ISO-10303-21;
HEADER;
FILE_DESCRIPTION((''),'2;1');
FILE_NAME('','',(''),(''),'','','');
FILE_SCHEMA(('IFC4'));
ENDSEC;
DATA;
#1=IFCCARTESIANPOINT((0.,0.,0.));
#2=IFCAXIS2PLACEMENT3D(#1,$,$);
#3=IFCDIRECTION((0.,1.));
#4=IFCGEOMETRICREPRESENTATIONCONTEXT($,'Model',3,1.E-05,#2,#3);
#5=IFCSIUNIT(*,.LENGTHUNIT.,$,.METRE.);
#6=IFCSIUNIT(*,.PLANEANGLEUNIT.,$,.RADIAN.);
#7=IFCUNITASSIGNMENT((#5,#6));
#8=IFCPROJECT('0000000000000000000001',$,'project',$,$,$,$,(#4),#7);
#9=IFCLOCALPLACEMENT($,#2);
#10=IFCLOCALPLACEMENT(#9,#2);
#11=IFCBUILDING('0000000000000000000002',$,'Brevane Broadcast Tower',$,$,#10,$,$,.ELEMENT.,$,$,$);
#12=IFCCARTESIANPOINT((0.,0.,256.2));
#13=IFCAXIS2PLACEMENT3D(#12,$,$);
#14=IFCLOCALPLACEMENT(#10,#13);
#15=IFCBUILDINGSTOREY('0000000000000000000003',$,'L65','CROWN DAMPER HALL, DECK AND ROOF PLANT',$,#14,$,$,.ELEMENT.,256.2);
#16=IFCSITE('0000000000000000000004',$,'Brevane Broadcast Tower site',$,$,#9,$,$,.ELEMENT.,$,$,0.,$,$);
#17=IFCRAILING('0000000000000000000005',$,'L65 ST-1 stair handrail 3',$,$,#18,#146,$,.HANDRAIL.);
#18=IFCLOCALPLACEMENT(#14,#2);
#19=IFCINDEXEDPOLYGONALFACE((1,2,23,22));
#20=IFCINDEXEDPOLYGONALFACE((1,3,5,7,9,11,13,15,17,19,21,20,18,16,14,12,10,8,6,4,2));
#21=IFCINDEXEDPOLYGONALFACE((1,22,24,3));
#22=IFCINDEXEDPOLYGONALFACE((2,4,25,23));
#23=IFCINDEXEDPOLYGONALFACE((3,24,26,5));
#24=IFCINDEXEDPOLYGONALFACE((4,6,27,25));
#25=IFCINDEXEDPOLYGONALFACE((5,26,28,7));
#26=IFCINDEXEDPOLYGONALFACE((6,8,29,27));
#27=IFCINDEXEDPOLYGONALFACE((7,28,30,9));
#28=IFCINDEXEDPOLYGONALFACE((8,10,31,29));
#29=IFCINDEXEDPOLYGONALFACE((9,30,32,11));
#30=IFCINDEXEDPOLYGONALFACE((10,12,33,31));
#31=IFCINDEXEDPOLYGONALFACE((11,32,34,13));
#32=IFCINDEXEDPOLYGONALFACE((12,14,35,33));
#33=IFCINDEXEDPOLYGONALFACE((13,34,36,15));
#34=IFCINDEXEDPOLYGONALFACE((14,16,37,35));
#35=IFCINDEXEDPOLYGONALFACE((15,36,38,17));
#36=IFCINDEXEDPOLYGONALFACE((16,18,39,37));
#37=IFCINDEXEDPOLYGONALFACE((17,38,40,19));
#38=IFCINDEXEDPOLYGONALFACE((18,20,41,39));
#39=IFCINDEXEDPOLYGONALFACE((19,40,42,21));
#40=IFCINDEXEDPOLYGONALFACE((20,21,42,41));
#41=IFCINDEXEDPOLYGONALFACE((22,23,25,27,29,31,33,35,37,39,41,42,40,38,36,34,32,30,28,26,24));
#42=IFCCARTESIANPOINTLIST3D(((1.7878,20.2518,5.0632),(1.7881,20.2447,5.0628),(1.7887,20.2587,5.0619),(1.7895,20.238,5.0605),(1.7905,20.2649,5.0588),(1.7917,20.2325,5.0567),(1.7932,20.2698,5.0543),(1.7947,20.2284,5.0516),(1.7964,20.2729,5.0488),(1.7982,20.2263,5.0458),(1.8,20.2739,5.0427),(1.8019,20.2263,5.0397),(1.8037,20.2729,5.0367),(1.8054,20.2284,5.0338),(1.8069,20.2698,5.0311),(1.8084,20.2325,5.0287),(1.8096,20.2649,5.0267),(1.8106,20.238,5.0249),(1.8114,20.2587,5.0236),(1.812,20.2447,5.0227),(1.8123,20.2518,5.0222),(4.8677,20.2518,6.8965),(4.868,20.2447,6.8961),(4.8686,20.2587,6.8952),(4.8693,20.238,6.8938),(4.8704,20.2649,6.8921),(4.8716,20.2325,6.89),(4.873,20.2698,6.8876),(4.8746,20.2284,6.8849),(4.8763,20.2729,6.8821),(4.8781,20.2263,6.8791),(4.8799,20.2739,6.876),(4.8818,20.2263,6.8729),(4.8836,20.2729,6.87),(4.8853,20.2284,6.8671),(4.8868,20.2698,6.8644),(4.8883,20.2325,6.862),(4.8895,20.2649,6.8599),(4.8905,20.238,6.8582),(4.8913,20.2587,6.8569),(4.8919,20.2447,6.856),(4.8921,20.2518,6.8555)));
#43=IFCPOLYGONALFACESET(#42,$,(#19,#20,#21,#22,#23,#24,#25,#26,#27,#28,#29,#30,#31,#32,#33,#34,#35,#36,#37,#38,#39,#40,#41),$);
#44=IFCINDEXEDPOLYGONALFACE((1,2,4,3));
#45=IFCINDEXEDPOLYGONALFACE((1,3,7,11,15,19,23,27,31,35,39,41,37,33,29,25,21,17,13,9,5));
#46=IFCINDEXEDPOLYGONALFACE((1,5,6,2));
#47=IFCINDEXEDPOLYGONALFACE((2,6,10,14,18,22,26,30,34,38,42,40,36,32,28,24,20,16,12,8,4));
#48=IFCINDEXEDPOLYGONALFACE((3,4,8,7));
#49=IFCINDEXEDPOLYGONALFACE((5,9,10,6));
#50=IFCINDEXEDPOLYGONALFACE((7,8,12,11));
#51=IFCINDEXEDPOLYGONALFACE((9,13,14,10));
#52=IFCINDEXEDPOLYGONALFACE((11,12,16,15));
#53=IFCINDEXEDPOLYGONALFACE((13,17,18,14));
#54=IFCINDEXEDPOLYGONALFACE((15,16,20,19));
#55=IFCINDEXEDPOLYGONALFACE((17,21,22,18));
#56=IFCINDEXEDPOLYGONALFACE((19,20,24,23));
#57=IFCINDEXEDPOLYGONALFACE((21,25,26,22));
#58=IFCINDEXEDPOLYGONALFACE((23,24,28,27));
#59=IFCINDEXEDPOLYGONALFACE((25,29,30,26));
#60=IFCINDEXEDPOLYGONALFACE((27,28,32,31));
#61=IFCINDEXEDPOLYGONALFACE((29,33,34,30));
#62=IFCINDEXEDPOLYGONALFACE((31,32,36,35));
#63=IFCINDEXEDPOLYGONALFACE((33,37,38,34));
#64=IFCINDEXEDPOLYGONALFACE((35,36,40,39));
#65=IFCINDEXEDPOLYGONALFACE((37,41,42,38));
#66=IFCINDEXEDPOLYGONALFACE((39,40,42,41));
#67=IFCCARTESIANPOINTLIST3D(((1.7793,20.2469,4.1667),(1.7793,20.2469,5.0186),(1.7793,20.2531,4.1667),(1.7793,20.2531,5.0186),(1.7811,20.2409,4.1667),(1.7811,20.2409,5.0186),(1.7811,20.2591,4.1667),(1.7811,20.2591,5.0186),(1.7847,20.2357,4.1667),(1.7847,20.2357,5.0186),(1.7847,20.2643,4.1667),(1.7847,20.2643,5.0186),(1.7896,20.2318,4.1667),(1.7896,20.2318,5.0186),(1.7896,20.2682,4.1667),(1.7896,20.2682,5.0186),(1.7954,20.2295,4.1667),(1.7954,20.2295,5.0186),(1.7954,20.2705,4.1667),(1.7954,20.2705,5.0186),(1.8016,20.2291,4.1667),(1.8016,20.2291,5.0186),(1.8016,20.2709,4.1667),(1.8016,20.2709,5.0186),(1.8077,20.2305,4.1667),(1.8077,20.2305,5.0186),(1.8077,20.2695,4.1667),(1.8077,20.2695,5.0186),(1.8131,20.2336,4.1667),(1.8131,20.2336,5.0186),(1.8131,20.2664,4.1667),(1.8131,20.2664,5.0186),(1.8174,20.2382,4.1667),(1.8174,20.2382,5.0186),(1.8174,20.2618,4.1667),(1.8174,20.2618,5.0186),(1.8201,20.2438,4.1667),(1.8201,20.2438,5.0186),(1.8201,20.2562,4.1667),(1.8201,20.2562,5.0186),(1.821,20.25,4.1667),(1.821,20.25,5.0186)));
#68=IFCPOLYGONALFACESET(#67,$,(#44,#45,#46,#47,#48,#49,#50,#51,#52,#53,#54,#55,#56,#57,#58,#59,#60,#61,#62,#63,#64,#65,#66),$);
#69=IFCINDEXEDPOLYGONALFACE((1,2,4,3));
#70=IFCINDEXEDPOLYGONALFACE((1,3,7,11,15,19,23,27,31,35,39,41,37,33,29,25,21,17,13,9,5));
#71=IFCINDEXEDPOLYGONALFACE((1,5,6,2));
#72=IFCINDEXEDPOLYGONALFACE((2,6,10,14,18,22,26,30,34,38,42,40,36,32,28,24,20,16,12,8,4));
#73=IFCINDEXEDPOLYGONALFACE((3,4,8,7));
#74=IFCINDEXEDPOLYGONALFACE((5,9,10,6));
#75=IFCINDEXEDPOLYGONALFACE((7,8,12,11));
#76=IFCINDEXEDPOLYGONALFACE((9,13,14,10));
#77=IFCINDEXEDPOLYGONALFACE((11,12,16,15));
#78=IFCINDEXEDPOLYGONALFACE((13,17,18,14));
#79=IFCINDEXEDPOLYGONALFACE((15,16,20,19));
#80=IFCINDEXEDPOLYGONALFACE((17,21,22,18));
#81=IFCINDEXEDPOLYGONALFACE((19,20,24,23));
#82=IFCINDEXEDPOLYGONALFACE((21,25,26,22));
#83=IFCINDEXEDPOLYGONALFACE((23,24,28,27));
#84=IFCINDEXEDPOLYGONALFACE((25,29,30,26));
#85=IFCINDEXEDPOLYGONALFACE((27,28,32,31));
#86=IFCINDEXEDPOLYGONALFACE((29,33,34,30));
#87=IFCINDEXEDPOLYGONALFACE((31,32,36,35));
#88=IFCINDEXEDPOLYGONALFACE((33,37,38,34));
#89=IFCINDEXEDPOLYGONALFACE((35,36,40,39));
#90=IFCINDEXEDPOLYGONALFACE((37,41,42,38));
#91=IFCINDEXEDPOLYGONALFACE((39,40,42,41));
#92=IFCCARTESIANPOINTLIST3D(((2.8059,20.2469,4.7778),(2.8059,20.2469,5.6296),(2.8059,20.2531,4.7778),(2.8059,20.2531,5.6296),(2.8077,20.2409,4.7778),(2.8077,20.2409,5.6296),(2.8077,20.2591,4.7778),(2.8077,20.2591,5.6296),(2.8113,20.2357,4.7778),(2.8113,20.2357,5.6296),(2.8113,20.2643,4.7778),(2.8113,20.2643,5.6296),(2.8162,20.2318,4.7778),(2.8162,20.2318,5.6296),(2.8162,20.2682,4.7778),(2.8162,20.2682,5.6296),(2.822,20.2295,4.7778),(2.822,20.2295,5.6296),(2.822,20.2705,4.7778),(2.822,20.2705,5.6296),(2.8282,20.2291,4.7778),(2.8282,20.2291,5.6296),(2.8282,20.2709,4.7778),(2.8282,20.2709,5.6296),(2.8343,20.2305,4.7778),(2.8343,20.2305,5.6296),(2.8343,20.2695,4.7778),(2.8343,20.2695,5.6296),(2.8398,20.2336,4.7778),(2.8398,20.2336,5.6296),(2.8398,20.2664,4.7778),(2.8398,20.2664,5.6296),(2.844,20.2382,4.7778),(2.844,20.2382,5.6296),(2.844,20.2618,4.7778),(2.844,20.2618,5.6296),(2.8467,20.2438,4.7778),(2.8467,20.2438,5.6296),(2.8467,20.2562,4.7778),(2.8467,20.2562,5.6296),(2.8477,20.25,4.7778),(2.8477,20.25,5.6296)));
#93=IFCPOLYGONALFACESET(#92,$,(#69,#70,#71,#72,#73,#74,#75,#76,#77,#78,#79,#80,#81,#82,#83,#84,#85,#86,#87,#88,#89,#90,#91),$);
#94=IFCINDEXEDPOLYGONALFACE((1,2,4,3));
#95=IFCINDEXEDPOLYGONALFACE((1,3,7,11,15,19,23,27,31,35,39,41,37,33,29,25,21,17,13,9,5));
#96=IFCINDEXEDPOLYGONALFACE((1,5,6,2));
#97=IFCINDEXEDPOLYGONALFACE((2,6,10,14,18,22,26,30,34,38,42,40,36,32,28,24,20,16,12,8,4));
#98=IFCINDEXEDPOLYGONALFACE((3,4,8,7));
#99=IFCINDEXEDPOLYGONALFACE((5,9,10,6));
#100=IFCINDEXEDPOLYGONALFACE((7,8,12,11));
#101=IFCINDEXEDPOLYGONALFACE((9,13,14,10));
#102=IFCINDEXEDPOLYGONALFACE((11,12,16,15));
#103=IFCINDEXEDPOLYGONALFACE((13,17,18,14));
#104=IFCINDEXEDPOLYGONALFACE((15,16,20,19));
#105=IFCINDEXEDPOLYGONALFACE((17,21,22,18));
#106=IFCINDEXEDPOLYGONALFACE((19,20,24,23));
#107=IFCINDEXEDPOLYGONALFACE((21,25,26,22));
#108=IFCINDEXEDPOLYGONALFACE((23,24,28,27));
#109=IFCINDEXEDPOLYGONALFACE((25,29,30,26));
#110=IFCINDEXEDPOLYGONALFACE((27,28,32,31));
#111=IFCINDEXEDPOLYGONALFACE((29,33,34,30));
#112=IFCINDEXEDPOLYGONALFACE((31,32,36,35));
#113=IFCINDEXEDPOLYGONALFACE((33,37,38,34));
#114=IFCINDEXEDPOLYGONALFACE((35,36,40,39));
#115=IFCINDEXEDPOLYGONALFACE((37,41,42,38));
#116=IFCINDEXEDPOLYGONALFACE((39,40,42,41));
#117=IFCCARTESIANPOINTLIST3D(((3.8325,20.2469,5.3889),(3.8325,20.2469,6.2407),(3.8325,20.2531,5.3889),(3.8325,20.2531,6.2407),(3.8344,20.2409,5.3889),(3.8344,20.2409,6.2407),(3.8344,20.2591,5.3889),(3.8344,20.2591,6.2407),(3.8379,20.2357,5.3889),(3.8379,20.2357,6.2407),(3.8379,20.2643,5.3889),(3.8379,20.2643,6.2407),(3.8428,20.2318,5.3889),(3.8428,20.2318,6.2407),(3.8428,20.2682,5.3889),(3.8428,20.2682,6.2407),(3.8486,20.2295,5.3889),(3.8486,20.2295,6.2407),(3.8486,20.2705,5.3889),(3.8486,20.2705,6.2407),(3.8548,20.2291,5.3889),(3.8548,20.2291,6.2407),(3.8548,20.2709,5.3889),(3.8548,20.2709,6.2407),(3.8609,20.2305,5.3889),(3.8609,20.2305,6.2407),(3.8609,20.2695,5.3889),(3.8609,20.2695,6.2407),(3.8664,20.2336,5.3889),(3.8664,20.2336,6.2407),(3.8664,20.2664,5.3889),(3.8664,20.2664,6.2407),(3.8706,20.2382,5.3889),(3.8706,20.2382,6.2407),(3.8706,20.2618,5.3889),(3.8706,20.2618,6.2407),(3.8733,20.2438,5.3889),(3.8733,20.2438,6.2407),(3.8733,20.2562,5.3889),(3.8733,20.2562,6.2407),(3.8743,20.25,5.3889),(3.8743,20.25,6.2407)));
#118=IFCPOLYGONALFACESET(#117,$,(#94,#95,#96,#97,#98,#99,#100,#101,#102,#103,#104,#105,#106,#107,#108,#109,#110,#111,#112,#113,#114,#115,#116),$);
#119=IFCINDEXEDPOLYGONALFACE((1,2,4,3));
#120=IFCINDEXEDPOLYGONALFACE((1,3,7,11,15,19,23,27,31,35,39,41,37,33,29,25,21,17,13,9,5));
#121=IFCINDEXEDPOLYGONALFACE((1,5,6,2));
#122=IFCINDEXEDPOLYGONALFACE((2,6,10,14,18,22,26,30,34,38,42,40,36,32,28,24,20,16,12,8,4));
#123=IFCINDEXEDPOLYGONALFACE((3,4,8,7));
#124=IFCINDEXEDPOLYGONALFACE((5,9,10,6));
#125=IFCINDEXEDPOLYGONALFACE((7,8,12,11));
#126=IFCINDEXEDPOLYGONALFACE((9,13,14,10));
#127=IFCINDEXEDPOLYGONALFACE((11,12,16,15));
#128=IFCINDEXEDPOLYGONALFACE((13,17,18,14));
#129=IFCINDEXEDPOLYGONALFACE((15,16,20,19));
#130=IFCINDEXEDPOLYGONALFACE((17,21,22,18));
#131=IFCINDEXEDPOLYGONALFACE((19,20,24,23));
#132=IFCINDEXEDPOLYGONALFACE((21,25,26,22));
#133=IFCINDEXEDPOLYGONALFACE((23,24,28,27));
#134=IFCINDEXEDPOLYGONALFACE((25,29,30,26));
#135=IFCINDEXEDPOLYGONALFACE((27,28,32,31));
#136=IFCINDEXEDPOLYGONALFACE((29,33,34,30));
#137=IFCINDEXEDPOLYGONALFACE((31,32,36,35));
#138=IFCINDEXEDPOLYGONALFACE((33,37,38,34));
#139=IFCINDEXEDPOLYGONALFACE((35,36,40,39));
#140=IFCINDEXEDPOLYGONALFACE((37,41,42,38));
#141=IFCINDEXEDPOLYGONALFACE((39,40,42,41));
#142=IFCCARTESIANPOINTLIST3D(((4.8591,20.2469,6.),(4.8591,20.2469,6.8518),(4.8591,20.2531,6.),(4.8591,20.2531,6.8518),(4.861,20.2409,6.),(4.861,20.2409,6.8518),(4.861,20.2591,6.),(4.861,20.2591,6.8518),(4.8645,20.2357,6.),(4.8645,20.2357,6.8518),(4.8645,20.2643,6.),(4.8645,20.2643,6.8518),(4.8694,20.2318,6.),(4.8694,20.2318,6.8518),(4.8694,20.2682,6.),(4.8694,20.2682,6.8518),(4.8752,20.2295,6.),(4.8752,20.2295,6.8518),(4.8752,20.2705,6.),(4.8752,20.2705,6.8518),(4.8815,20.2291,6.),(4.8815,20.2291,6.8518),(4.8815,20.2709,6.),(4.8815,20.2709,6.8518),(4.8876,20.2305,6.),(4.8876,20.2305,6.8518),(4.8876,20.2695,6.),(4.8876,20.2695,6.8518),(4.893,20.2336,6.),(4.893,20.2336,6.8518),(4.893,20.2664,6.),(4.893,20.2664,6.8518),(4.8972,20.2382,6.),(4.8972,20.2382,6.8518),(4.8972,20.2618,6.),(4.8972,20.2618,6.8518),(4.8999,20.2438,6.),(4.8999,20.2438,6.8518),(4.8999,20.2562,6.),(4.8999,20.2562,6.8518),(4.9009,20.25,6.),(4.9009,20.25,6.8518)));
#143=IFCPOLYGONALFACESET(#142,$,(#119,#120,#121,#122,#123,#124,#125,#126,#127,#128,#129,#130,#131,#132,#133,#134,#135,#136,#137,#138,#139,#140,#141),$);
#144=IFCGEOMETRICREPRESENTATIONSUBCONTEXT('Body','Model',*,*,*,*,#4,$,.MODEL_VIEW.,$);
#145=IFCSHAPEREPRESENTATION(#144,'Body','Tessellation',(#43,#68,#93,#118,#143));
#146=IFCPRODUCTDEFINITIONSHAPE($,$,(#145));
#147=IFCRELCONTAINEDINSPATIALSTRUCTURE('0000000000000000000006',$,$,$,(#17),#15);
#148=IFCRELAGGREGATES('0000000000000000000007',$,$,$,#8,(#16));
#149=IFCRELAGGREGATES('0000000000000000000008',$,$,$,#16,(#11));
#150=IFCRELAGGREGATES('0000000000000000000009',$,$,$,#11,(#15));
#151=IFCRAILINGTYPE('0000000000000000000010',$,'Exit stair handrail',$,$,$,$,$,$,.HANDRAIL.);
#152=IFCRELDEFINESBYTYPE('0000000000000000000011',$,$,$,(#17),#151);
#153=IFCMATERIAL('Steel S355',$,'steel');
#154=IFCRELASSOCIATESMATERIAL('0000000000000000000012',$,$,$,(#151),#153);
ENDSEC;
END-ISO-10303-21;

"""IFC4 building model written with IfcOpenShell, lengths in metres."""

from ifc_helpers import new_model, si_unit, direction, frame, origin, origin_2d, place, context, subcontext, project, spatial, circle, extrude, material, type_object, element, save


model = new_model("IFC4")

# Units and contexts
model_context = context("Model", 3, precision=1e-05, world=origin(), true_north=direction((0.0, 1.0)))
body_context = subcontext(model_context, "Body", "Model", "MODEL_VIEW")
ifc_project = project(units=[si_unit("LENGTHUNIT", "METRE"), si_unit("PLANEANGLEUNIT", "RADIAN")], contexts=[model_context])

# Site, building, storey
site_placement = place(None, origin())
site = spatial("IfcSite", under=ifc_project, at=site_placement, Name="Brevane Broadcast Tower site", CompositionType="ELEMENT", RefElevation=0.0)
building_placement = place(site_placement, origin())
building = spatial("IfcBuilding", under=site, at=building_placement, Name="Brevane Broadcast Tower", CompositionType="ELEMENT")
storey_placement = place(building_placement, frame((0.0, 0.0, 256.2)))
storey = spatial("IfcBuildingStorey", under=building, at=storey_placement, Name="L65", Description="CROWN DAMPER HALL, DECK AND ROOF PLANT", CompositionType="ELEMENT", Elevation=256.2)

# Railing
ifc_material_1 = material(Name="Steel S355", Category="steel")
railing_type_1 = type_object("IfcRailingType", Name="Exit stair handrail", PredefinedType="HANDRAIL", material=ifc_material_1)
for number, where, name in (
    (1, (1.8, 20.25, 4.1667), "L65 ST-1 stair handrail 3"),
):
    element("IfcRailing", number, at=place(storey_placement, frame(where)), inside=storey, type_object=railing_type_1, Name=name, PredefinedType="HANDRAIL", context=body_context, shape_type="SweptSolid", body=[
        extrude(circle(Radius=0.0239, at=origin_2d()), frame((0.0, 0.0, 0.876), z_axis=(0.859291, 0.0, 0.511487), x_axis=(0.0, 1.0, 0.0)), (0.0, 0.0, 1.0), 3.5842),
        extrude(circle(Radius=0.021, at=origin_2d()), origin(), (0.0, 0.0, 1.0), 0.8518),
        extrude(circle(Radius=0.021, at=origin_2d()), frame((1.0266, 0.0, 0.6111)), (0.0, 0.0, 1.0), 0.8518),
        extrude(circle(Radius=0.021, at=origin_2d()), frame((2.0532, 0.0, 1.2222)), (0.0, 0.0, 1.0), 0.8518),
        extrude(circle(Radius=0.021, at=origin_2d()), frame((3.0798, 0.0, 1.8333)), (0.0, 0.0, 1.0), 0.8518),
    ])

save(model, "model.ifc")
